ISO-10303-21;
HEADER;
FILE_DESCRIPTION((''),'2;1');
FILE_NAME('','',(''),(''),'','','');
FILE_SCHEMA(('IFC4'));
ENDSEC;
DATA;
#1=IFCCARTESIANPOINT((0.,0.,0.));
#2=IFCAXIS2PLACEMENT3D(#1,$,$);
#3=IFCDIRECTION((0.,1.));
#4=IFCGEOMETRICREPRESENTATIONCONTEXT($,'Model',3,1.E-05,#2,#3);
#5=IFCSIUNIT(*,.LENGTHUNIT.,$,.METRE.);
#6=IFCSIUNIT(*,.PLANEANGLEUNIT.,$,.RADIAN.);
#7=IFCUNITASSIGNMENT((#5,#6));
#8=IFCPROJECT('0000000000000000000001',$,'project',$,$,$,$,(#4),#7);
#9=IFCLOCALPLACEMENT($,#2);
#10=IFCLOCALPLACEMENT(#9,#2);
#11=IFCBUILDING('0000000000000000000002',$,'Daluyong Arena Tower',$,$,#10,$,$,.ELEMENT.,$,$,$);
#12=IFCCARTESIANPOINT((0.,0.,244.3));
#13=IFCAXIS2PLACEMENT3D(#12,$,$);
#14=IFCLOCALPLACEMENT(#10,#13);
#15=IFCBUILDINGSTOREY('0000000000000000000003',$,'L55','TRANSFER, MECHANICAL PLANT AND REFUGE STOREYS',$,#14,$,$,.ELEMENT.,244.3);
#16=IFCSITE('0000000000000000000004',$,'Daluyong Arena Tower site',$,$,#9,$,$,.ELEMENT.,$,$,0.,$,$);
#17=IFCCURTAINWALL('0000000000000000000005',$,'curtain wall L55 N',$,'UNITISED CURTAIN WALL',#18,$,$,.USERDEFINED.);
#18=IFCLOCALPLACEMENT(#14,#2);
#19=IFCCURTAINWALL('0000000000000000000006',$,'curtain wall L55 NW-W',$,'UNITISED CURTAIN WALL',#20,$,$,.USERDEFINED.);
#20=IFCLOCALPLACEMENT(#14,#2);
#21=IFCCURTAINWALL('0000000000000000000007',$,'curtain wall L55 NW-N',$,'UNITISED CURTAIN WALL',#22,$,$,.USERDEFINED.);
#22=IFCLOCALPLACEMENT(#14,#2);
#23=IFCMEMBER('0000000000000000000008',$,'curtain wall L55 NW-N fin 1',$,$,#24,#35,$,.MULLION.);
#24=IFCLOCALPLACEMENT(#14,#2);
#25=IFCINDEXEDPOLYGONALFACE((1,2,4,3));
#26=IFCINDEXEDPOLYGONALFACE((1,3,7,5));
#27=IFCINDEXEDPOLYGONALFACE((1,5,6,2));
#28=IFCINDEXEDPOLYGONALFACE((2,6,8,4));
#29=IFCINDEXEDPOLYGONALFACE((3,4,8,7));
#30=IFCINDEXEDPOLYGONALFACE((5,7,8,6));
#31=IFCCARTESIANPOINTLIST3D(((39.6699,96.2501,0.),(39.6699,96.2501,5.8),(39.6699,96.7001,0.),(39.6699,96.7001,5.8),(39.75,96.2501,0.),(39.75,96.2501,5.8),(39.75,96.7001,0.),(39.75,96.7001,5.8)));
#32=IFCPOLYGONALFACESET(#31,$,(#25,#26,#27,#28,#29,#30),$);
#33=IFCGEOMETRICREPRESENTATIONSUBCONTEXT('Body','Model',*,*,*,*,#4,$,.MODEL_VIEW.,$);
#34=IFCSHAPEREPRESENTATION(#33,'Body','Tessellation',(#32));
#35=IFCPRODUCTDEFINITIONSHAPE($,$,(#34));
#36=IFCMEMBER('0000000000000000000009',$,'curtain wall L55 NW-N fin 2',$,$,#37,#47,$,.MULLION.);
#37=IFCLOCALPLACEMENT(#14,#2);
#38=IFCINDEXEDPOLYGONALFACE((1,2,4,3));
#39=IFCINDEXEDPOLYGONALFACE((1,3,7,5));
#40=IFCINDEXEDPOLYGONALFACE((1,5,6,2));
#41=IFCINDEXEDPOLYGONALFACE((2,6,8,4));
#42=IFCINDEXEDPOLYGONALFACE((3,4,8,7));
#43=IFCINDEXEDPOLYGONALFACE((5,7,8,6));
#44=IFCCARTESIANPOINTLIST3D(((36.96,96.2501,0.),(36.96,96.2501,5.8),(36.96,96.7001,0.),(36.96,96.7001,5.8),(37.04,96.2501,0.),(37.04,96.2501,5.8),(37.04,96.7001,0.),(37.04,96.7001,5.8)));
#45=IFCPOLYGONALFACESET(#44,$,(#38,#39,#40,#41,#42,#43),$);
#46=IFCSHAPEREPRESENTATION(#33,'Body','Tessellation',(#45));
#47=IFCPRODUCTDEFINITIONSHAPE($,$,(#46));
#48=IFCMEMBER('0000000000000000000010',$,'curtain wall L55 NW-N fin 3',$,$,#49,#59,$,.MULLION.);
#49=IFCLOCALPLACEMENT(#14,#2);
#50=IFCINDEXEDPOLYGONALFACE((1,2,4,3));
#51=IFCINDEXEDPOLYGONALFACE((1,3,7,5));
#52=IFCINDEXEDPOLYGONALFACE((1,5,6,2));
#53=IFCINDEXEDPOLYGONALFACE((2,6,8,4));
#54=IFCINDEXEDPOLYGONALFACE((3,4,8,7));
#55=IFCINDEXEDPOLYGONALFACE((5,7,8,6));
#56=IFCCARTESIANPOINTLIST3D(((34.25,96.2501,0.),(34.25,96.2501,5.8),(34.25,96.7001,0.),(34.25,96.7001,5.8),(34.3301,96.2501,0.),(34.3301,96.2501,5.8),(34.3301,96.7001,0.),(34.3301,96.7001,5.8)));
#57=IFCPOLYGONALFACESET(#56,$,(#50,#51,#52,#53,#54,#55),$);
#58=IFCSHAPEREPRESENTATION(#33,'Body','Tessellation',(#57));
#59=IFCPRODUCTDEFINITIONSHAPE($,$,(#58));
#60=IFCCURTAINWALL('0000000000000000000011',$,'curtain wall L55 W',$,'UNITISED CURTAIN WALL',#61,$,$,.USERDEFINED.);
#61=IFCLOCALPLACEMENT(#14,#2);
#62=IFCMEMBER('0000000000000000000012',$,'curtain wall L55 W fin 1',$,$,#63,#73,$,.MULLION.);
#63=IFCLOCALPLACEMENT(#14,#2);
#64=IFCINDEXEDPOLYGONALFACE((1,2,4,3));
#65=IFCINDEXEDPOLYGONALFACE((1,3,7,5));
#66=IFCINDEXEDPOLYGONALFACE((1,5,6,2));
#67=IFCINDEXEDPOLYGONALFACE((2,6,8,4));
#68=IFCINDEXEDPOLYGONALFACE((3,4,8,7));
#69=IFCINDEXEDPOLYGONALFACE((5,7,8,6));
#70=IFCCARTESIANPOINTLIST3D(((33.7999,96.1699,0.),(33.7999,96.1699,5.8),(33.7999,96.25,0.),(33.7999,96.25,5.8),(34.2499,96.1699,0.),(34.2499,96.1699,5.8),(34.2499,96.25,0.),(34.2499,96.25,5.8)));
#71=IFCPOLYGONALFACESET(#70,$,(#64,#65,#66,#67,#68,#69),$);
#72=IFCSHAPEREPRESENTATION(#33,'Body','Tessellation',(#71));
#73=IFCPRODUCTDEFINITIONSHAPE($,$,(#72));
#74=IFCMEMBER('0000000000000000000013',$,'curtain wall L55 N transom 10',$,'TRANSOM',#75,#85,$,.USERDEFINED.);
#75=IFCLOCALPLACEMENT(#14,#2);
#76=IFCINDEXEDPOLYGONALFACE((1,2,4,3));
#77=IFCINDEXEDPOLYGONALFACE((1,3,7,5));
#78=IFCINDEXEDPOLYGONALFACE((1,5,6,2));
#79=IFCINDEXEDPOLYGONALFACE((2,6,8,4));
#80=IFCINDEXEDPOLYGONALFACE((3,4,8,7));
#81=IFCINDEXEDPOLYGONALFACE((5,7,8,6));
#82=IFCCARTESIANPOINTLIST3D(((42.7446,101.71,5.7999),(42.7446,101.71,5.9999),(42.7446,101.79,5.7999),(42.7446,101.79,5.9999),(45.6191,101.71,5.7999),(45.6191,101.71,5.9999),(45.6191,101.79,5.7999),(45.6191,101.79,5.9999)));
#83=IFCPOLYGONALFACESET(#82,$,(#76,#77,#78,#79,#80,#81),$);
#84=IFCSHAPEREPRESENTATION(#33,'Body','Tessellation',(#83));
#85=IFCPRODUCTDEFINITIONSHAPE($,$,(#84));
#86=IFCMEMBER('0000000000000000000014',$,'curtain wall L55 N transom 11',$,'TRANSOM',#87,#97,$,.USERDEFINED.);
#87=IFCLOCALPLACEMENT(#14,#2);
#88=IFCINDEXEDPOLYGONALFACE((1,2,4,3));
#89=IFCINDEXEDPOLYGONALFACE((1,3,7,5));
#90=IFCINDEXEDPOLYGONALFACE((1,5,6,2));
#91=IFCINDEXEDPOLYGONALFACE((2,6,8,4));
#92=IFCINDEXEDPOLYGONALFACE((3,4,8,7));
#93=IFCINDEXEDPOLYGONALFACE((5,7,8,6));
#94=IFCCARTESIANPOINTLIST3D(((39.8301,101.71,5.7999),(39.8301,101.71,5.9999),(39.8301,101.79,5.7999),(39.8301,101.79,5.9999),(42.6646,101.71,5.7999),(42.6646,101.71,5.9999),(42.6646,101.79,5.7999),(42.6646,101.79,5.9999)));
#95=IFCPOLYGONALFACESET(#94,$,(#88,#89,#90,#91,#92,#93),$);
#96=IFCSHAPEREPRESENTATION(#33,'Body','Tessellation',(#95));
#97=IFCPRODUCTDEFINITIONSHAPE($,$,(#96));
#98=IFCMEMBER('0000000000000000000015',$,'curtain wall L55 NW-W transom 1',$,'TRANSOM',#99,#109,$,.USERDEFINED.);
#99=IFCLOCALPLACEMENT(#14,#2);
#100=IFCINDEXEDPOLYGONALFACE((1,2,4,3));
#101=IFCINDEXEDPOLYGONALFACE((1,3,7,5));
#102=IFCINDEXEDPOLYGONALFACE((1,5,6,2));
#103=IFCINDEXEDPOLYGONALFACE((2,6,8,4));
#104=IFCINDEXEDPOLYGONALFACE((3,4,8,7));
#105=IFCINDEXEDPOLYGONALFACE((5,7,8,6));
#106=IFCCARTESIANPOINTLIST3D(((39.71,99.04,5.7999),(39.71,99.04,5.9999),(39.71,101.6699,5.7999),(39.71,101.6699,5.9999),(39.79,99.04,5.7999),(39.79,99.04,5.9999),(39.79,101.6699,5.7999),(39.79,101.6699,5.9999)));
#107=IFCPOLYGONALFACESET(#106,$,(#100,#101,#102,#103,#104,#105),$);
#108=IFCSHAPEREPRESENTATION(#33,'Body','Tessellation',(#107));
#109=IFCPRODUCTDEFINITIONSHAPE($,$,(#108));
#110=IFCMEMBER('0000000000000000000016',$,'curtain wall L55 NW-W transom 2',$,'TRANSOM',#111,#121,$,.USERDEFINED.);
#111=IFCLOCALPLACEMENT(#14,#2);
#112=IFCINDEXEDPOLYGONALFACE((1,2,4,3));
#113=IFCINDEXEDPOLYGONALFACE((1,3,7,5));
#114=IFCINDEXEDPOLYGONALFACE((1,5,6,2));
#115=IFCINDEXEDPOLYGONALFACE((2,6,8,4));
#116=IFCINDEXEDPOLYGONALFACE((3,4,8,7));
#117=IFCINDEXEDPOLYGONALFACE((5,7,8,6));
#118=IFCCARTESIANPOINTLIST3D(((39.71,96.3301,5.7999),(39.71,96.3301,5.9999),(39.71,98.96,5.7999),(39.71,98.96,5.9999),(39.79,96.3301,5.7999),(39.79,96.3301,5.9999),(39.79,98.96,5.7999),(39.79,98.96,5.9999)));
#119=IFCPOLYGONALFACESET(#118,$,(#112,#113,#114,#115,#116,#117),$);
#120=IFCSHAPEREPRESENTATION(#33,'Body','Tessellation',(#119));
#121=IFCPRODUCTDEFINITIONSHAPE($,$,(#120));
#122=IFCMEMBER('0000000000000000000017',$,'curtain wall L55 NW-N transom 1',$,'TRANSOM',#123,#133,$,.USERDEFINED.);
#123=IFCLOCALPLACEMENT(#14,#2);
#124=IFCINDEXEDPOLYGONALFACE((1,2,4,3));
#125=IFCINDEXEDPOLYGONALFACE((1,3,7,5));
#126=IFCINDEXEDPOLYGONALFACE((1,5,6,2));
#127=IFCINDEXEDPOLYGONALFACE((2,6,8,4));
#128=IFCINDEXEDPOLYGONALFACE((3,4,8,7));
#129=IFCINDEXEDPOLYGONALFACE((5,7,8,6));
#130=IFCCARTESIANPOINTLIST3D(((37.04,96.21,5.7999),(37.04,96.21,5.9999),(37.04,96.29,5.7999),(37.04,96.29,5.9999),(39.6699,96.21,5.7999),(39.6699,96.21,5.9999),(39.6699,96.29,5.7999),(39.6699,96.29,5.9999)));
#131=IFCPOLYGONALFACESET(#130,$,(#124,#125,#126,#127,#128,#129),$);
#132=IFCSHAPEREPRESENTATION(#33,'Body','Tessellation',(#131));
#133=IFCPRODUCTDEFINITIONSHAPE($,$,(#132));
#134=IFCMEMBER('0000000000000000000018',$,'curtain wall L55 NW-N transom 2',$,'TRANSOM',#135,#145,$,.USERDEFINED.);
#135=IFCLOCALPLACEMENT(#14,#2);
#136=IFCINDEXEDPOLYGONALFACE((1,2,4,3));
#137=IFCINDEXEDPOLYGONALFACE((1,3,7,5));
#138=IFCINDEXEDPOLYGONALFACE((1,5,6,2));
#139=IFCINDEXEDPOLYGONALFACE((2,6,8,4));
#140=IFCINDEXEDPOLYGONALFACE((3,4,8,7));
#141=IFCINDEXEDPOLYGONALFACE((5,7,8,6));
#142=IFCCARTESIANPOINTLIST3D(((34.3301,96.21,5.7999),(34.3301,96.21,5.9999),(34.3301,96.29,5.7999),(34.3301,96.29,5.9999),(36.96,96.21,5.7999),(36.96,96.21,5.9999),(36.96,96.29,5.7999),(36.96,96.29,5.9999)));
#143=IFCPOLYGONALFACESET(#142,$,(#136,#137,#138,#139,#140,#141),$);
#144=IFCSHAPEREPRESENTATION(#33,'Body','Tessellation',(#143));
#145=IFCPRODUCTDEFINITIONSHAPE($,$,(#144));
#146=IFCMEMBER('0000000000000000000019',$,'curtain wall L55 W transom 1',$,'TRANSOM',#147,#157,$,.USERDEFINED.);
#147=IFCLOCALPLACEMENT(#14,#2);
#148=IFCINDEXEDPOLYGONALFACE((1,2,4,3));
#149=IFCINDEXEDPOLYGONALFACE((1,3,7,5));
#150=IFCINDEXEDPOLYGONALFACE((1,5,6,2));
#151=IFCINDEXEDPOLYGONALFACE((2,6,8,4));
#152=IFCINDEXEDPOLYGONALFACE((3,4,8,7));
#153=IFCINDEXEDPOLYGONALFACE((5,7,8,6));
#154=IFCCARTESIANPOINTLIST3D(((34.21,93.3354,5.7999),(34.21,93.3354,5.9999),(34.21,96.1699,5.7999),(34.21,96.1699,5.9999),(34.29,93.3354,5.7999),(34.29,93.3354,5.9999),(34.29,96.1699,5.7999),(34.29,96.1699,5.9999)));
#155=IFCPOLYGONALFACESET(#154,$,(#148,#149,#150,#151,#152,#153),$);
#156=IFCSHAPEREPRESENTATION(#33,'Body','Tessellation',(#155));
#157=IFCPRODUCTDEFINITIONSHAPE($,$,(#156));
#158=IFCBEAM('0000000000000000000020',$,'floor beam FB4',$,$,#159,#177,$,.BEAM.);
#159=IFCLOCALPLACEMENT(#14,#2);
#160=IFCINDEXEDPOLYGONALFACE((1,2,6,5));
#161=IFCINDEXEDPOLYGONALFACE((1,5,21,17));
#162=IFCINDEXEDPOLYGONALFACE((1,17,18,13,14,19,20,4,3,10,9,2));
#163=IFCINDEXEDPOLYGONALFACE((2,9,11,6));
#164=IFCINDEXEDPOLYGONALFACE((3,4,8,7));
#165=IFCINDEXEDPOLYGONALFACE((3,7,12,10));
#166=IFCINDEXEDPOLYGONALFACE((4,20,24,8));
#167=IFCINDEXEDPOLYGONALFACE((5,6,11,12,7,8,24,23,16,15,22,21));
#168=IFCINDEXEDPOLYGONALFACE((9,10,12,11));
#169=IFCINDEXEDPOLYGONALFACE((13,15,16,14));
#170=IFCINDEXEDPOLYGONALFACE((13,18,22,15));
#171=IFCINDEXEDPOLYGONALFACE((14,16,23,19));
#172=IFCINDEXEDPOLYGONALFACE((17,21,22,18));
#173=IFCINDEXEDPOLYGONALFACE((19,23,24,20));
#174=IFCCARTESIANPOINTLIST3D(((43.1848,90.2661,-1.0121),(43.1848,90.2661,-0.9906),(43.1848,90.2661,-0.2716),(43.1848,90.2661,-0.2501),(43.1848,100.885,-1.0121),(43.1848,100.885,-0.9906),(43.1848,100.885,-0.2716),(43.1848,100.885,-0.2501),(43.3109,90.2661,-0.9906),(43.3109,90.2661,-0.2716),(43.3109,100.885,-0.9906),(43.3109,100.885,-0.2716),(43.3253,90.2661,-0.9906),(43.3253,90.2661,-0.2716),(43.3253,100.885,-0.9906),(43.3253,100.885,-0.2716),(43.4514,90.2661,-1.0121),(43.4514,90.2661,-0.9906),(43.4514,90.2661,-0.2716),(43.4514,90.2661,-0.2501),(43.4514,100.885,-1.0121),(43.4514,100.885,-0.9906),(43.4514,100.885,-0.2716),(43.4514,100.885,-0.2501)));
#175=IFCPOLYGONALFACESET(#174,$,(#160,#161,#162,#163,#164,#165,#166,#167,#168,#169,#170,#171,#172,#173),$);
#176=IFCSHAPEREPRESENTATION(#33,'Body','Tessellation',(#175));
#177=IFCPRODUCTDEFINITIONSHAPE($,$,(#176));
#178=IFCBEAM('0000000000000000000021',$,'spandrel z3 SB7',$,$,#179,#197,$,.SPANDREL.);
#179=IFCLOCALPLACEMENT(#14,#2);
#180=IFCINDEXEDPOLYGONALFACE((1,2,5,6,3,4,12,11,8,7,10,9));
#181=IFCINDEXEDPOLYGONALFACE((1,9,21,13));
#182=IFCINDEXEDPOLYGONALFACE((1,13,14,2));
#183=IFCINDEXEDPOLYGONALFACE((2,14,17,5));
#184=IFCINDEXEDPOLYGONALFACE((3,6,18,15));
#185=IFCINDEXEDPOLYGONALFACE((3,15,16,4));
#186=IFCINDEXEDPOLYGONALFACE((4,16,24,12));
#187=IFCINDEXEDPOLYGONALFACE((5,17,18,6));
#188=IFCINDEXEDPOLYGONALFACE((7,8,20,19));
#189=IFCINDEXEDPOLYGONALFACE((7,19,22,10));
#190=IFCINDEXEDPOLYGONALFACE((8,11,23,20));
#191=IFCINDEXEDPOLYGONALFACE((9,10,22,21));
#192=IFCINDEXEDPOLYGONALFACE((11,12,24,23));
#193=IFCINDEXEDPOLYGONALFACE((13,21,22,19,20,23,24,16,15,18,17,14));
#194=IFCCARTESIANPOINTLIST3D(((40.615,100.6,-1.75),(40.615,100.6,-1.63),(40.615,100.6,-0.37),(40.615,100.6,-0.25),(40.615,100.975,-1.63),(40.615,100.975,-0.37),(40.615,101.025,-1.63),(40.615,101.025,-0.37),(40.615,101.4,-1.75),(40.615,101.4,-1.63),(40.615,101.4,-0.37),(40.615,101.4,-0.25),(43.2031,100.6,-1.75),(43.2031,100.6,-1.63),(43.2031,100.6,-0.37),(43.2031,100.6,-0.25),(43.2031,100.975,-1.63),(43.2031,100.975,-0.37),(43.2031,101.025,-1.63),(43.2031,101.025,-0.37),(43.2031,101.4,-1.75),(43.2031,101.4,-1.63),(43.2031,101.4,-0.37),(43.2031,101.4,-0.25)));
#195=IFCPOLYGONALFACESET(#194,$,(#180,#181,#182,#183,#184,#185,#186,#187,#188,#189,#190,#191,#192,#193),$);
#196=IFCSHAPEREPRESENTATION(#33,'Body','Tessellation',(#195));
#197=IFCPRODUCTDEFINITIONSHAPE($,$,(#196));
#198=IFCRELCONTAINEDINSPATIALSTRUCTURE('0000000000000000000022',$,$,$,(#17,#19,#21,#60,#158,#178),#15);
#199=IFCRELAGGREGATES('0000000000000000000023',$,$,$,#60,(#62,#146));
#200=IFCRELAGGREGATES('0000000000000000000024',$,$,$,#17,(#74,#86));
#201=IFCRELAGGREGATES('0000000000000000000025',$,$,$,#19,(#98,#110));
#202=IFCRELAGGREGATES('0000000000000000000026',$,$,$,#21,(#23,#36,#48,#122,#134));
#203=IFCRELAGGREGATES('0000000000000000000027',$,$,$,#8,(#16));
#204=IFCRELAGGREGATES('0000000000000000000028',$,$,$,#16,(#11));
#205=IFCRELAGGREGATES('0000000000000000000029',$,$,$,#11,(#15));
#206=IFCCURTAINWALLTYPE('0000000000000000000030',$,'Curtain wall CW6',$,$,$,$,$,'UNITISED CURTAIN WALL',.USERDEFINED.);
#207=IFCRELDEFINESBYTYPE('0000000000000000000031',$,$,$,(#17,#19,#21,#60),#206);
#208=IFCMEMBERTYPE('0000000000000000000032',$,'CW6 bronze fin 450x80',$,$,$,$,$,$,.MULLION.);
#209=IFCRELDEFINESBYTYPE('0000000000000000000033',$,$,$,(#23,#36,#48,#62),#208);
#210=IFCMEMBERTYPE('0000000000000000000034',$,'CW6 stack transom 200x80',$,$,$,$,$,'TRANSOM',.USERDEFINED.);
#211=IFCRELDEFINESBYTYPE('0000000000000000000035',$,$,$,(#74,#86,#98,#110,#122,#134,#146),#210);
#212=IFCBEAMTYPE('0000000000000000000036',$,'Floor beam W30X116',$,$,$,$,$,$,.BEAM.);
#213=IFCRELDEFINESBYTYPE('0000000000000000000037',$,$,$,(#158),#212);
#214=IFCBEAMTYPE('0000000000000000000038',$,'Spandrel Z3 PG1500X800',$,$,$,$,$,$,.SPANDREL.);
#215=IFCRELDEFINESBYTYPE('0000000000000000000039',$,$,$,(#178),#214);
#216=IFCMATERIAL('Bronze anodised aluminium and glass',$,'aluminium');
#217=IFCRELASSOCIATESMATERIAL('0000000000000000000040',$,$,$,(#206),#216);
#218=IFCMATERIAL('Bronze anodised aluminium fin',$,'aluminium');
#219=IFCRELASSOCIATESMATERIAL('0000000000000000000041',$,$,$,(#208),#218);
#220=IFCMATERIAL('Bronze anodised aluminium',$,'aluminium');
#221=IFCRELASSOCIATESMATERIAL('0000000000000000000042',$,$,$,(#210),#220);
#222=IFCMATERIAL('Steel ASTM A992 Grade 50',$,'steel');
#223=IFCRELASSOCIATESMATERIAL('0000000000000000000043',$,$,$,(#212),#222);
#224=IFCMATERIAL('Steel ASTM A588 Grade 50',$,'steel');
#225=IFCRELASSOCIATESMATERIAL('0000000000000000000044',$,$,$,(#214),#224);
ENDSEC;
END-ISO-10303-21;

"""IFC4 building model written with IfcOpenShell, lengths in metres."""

from ifc_helpers import new_model, si_unit, direction, frame, origin, origin_2d, place, context, subcontext, project, spatial, rectangle, i_section, extrude, material, material_profile, profile_set, type_object, element, aggregate, save


model = new_model("IFC4")

# Units and contexts
model_context = context("Model", 3, precision=1e-05, world=origin(), true_north=direction((0.0, 1.0)))
body_context = subcontext(model_context, "Body", "Model", "MODEL_VIEW")
ifc_project = project(units=[si_unit("LENGTHUNIT", "METRE"), si_unit("PLANEANGLEUNIT", "RADIAN")], contexts=[model_context])

# Site, building, storey
site_placement = place(None, origin())
site = spatial("IfcSite", under=ifc_project, at=site_placement, Name="Daluyong Arena Tower site", CompositionType="ELEMENT", RefElevation=0.0)
building_placement = place(site_placement, origin())
building = spatial("IfcBuilding", under=site, at=building_placement, Name="Daluyong Arena Tower", CompositionType="ELEMENT")
storey_placement = place(building_placement, frame((0.0, 0.0, 244.3)))
storey = spatial("IfcBuildingStorey", under=building, at=storey_placement, Name="L55", Description="TRANSFER, MECHANICAL PLANT AND REFUGE STOREYS", CompositionType="ELEMENT", Elevation=244.3)

# Curtain walls, members
ifc_material_1 = material(Name="Bronze anodised aluminium and glass", Category="aluminium")
curtain_wall_type = type_object("IfcCurtainWallType", Name="Curtain wall CW6", ElementType="UNITISED CURTAIN WALL", PredefinedType="USERDEFINED", material=ifc_material_1)
curtain_wall_1_placement = place(storey_placement, origin())
curtain_wall_1 = element("IfcCurtainWall", 1, at=curtain_wall_1_placement, inside=storey, type_object=curtain_wall_type, Name="curtain wall L55 N", ObjectType="UNITISED CURTAIN WALL", PredefinedType="USERDEFINED")
ifc_material_2 = material(Name="Bronze anodised aluminium fin", Category="aluminium")
ifc_material_profile_1 = material_profile(ifc_material_2, rectangle(XDim=0.45, YDim=0.0801, at=origin_2d()))
ifc_profile_set_1 = profile_set([ifc_material_profile_1], Name="Bronze anodised aluminium fin")
member_type_1 = type_object("IfcMemberType", Name="CW6 bronze fin 450x80", PredefinedType="MULLION", material=ifc_profile_set_1)
curtain_wall_2_placement = place(storey_placement, origin())
curtain_wall_2 = element("IfcCurtainWall", 2, at=curtain_wall_2_placement, inside=storey, type_object=curtain_wall_type, Name="curtain wall L55 NW-W", ObjectType="UNITISED CURTAIN WALL", PredefinedType="USERDEFINED")
curtain_wall_3_placement = place(storey_placement, origin())
curtain_wall_3 = element("IfcCurtainWall", 3, at=curtain_wall_3_placement, inside=storey, type_object=curtain_wall_type, Name="curtain wall L55 NW-N", ObjectType="UNITISED CURTAIN WALL", PredefinedType="USERDEFINED")
member_1_placement = place(storey_placement, frame((39.71, 96.4751, 0.0), z_axis=(0.0, 0.0, 1.0), x_axis=(0.0, -1.0, 0.0)))
member_1 = element("IfcMember", 4, at=member_1_placement, type_object=member_type_1, Name="curtain wall L55 NW-N fin 1", PredefinedType="MULLION", context=body_context, shape_type="SweptSolid", body=[
    extrude(rectangle(XDim=0.45, YDim=0.0801, at=origin_2d()), origin(), (0.0, 0.0, 1.0), 5.8),
])
member_2_placement = place(storey_placement, frame((37.0, 96.4751, 0.0), z_axis=(0.0, 0.0, 1.0), x_axis=(0.0, -1.0, 0.0)))
member_2 = element("IfcMember", 5, at=member_2_placement, type_object=member_type_1, Name="curtain wall L55 NW-N fin 2", PredefinedType="MULLION", context=body_context, shape_type="SweptSolid", body=[
    extrude(rectangle(XDim=0.45, YDim=0.0801, at=origin_2d()), origin(), (0.0, 0.0, 1.0), 5.8),
])
member_3_placement = place(storey_placement, frame((34.29, 96.4751, 0.0), z_axis=(0.0, 0.0, 1.0), x_axis=(0.0, -1.0, 0.0)))
member_3 = element("IfcMember", 6, at=member_3_placement, type_object=member_type_1, Name="curtain wall L55 NW-N fin 3", PredefinedType="MULLION", context=body_context, shape_type="SweptSolid", body=[
    extrude(rectangle(XDim=0.45, YDim=0.0801, at=origin_2d()), origin(), (0.0, 0.0, 1.0), 5.8),
])

# Curtain wall, member
curtain_wall_4_placement = place(storey_placement, origin())
curtain_wall_4 = element("IfcCurtainWall", 7, at=curtain_wall_4_placement, inside=storey, type_object=curtain_wall_type, Name="curtain wall L55 W", ObjectType="UNITISED CURTAIN WALL", PredefinedType="USERDEFINED")
member_4_placement = place(storey_placement, frame((34.0249, 96.21, 0.0), z_axis=(0.0, 0.0, 1.0), x_axis=(1.0, 0.0, 0.0)))
member_4 = element("IfcMember", 8, at=member_4_placement, type_object=member_type_1, Name="curtain wall L55 W fin 1", PredefinedType="MULLION", context=body_context, shape_type="SweptSolid", body=[
    extrude(rectangle(XDim=0.45, YDim=0.0801, at=origin_2d()), origin(), (0.0, 0.0, 1.0), 5.8),
])

# Members
ifc_material_3 = material(Name="Bronze anodised aluminium", Category="aluminium")
ifc_material_profile_2 = material_profile(ifc_material_3, rectangle(XDim=0.0801, YDim=0.2, at=origin_2d()))
ifc_profile_set_2 = profile_set([ifc_material_profile_2], Name="Bronze anodised aluminium")
member_type_2 = type_object("IfcMemberType", Name="CW6 stack transom 200x80", ElementType="TRANSOM", PredefinedType="USERDEFINED", material=ifc_profile_set_2)
member_5_placement = place(storey_placement, frame((45.6191, 101.75, 5.8999), z_axis=(-1.0, 0.0, 0.0), x_axis=(0.0, -1.0, 0.0)))
member_5 = element("IfcMember", 9, at=member_5_placement, type_object=member_type_2, Name="curtain wall L55 N transom 10", ObjectType="TRANSOM", PredefinedType="USERDEFINED", context=body_context, shape_type="SweptSolid", body=[
    extrude(rectangle(XDim=0.0801, YDim=0.2, at=origin_2d()), origin(), (0.0, 0.0, 1.0), 2.8745),
])
member_6_placement = place(storey_placement, frame((42.6646, 101.75, 5.8999), z_axis=(-1.0, 0.0, 0.0), x_axis=(0.0, -1.0, 0.0)))
member_6 = element("IfcMember", 10, at=member_6_placement, type_object=member_type_2, Name="curtain wall L55 N transom 11", ObjectType="TRANSOM", PredefinedType="USERDEFINED", context=body_context, shape_type="SweptSolid", body=[
    extrude(rectangle(XDim=0.0801, YDim=0.2, at=origin_2d()), origin(), (0.0, 0.0, 1.0), 2.8345),
])
member_7_placement = place(storey_placement, frame((39.75, 101.6699, 5.8999), z_axis=(0.0, -1.0, 0.0), x_axis=(1.0, 0.0, 0.0)))
member_7 = element("IfcMember", 11, at=member_7_placement, type_object=member_type_2, Name="curtain wall L55 NW-W transom 1", ObjectType="TRANSOM", PredefinedType="USERDEFINED", context=body_context, shape_type="SweptSolid", body=[
    extrude(rectangle(XDim=0.0801, YDim=0.2, at=origin_2d()), origin(), (0.0, 0.0, 1.0), 2.6299),
])
member_8_placement = place(storey_placement, frame((39.75, 98.96, 5.8999), z_axis=(0.0, -1.0, 0.0), x_axis=(1.0, 0.0, 0.0)))
member_8 = element("IfcMember", 12, at=member_8_placement, type_object=member_type_2, Name="curtain wall L55 NW-W transom 2", ObjectType="TRANSOM", PredefinedType="USERDEFINED", context=body_context, shape_type="SweptSolid", body=[
    extrude(rectangle(XDim=0.0801, YDim=0.2, at=origin_2d()), origin(), (0.0, 0.0, 1.0), 2.6299),
])
member_9_placement = place(storey_placement, frame((39.6699, 96.25, 5.8999), z_axis=(-1.0, 0.0, 0.0), x_axis=(0.0, -1.0, 0.0)))
member_9 = element("IfcMember", 13, at=member_9_placement, type_object=member_type_2, Name="curtain wall L55 NW-N transom 1", ObjectType="TRANSOM", PredefinedType="USERDEFINED", context=body_context, shape_type="SweptSolid", body=[
    extrude(rectangle(XDim=0.0801, YDim=0.2, at=origin_2d()), origin(), (0.0, 0.0, 1.0), 2.6299),
])
member_10_placement = place(storey_placement, frame((36.96, 96.25, 5.8999), z_axis=(-1.0, 0.0, 0.0), x_axis=(0.0, -1.0, 0.0)))
member_10 = element("IfcMember", 14, at=member_10_placement, type_object=member_type_2, Name="curtain wall L55 NW-N transom 2", ObjectType="TRANSOM", PredefinedType="USERDEFINED", context=body_context, shape_type="SweptSolid", body=[
    extrude(rectangle(XDim=0.0801, YDim=0.2, at=origin_2d()), origin(), (0.0, 0.0, 1.0), 2.6299),
])
member_11_placement = place(storey_placement, frame((34.25, 96.1699, 5.8999), z_axis=(0.0, -1.0, 0.0), x_axis=(1.0, 0.0, 0.0)))
member_11 = element("IfcMember", 15, at=member_11_placement, type_object=member_type_2, Name="curtain wall L55 W transom 1", ObjectType="TRANSOM", PredefinedType="USERDEFINED", context=body_context, shape_type="SweptSolid", body=[
    extrude(rectangle(XDim=0.0801, YDim=0.2, at=origin_2d()), origin(), (0.0, 0.0, 1.0), 2.8345),
])
aggregate(curtain_wall_4, [member_4, member_11])

# Beams
ifc_material_4 = material(Name="Steel ASTM A992 Grade 50", Category="steel")
ifc_material_profile_3 = material_profile(ifc_material_4, i_section(OverallWidth=0.2666, OverallDepth=0.762, WebThickness=0.0144, FlangeThickness=0.0215, at=origin_2d()))
ifc_profile_set_3 = profile_set([ifc_material_profile_3], Name="Steel ASTM A992 Grade 50")
beam_type_1 = type_object("IfcBeamType", Name="Floor beam W30X116", PredefinedType="BEAM", material=ifc_profile_set_3)
beam_1_placement = place(storey_placement, frame((43.3181, 100.885, -0.6311), z_axis=(0.0, -1.0, 0.0), x_axis=(1.0, 0.0, 0.0)))
element("IfcBeam", 16, at=beam_1_placement, inside=storey, type_object=beam_type_1, Name="floor beam FB4", PredefinedType="BEAM", context=body_context, shape_type="SweptSolid", body=[
    extrude(i_section(OverallWidth=0.2666, OverallDepth=0.762, WebThickness=0.0144, FlangeThickness=0.0215, at=origin_2d()), origin(), (0.0, 0.0, 1.0), 10.6189),
])
ifc_material_5 = material(Name="Steel ASTM A588 Grade 50", Category="steel")
ifc_material_profile_4 = material_profile(ifc_material_5, i_section(OverallWidth=0.8, OverallDepth=1.5, WebThickness=0.05, FlangeThickness=0.12, at=origin_2d()))
ifc_profile_set_4 = profile_set([ifc_material_profile_4], Name="Steel ASTM A588 Grade 50")
beam_type_2 = type_object("IfcBeamType", Name="Spandrel Z3 PG1500X800", PredefinedType="SPANDREL", material=ifc_profile_set_4)
beam_2_placement = place(storey_placement, frame((43.2031, 101.0, -1.0), z_axis=(-1.0, 0.0, 0.0), x_axis=(0.0, -1.0, 0.0)))
element("IfcBeam", 17, at=beam_2_placement, inside=storey, type_object=beam_type_2, Name="spandrel z3 SB7", PredefinedType="SPANDREL", context=body_context, shape_type="SweptSolid", body=[
    extrude(i_section(OverallWidth=0.8, OverallDepth=1.5, WebThickness=0.05, FlangeThickness=0.12, at=origin_2d()), origin(), (0.0, 0.0, 1.0), 2.5881),
])

aggregate(curtain_wall_1, [member_5, member_6])
aggregate(curtain_wall_2, [member_7, member_8])
aggregate(curtain_wall_3, [member_1, member_2, member_3, member_9, member_10])

save(model, "model.ifc")
